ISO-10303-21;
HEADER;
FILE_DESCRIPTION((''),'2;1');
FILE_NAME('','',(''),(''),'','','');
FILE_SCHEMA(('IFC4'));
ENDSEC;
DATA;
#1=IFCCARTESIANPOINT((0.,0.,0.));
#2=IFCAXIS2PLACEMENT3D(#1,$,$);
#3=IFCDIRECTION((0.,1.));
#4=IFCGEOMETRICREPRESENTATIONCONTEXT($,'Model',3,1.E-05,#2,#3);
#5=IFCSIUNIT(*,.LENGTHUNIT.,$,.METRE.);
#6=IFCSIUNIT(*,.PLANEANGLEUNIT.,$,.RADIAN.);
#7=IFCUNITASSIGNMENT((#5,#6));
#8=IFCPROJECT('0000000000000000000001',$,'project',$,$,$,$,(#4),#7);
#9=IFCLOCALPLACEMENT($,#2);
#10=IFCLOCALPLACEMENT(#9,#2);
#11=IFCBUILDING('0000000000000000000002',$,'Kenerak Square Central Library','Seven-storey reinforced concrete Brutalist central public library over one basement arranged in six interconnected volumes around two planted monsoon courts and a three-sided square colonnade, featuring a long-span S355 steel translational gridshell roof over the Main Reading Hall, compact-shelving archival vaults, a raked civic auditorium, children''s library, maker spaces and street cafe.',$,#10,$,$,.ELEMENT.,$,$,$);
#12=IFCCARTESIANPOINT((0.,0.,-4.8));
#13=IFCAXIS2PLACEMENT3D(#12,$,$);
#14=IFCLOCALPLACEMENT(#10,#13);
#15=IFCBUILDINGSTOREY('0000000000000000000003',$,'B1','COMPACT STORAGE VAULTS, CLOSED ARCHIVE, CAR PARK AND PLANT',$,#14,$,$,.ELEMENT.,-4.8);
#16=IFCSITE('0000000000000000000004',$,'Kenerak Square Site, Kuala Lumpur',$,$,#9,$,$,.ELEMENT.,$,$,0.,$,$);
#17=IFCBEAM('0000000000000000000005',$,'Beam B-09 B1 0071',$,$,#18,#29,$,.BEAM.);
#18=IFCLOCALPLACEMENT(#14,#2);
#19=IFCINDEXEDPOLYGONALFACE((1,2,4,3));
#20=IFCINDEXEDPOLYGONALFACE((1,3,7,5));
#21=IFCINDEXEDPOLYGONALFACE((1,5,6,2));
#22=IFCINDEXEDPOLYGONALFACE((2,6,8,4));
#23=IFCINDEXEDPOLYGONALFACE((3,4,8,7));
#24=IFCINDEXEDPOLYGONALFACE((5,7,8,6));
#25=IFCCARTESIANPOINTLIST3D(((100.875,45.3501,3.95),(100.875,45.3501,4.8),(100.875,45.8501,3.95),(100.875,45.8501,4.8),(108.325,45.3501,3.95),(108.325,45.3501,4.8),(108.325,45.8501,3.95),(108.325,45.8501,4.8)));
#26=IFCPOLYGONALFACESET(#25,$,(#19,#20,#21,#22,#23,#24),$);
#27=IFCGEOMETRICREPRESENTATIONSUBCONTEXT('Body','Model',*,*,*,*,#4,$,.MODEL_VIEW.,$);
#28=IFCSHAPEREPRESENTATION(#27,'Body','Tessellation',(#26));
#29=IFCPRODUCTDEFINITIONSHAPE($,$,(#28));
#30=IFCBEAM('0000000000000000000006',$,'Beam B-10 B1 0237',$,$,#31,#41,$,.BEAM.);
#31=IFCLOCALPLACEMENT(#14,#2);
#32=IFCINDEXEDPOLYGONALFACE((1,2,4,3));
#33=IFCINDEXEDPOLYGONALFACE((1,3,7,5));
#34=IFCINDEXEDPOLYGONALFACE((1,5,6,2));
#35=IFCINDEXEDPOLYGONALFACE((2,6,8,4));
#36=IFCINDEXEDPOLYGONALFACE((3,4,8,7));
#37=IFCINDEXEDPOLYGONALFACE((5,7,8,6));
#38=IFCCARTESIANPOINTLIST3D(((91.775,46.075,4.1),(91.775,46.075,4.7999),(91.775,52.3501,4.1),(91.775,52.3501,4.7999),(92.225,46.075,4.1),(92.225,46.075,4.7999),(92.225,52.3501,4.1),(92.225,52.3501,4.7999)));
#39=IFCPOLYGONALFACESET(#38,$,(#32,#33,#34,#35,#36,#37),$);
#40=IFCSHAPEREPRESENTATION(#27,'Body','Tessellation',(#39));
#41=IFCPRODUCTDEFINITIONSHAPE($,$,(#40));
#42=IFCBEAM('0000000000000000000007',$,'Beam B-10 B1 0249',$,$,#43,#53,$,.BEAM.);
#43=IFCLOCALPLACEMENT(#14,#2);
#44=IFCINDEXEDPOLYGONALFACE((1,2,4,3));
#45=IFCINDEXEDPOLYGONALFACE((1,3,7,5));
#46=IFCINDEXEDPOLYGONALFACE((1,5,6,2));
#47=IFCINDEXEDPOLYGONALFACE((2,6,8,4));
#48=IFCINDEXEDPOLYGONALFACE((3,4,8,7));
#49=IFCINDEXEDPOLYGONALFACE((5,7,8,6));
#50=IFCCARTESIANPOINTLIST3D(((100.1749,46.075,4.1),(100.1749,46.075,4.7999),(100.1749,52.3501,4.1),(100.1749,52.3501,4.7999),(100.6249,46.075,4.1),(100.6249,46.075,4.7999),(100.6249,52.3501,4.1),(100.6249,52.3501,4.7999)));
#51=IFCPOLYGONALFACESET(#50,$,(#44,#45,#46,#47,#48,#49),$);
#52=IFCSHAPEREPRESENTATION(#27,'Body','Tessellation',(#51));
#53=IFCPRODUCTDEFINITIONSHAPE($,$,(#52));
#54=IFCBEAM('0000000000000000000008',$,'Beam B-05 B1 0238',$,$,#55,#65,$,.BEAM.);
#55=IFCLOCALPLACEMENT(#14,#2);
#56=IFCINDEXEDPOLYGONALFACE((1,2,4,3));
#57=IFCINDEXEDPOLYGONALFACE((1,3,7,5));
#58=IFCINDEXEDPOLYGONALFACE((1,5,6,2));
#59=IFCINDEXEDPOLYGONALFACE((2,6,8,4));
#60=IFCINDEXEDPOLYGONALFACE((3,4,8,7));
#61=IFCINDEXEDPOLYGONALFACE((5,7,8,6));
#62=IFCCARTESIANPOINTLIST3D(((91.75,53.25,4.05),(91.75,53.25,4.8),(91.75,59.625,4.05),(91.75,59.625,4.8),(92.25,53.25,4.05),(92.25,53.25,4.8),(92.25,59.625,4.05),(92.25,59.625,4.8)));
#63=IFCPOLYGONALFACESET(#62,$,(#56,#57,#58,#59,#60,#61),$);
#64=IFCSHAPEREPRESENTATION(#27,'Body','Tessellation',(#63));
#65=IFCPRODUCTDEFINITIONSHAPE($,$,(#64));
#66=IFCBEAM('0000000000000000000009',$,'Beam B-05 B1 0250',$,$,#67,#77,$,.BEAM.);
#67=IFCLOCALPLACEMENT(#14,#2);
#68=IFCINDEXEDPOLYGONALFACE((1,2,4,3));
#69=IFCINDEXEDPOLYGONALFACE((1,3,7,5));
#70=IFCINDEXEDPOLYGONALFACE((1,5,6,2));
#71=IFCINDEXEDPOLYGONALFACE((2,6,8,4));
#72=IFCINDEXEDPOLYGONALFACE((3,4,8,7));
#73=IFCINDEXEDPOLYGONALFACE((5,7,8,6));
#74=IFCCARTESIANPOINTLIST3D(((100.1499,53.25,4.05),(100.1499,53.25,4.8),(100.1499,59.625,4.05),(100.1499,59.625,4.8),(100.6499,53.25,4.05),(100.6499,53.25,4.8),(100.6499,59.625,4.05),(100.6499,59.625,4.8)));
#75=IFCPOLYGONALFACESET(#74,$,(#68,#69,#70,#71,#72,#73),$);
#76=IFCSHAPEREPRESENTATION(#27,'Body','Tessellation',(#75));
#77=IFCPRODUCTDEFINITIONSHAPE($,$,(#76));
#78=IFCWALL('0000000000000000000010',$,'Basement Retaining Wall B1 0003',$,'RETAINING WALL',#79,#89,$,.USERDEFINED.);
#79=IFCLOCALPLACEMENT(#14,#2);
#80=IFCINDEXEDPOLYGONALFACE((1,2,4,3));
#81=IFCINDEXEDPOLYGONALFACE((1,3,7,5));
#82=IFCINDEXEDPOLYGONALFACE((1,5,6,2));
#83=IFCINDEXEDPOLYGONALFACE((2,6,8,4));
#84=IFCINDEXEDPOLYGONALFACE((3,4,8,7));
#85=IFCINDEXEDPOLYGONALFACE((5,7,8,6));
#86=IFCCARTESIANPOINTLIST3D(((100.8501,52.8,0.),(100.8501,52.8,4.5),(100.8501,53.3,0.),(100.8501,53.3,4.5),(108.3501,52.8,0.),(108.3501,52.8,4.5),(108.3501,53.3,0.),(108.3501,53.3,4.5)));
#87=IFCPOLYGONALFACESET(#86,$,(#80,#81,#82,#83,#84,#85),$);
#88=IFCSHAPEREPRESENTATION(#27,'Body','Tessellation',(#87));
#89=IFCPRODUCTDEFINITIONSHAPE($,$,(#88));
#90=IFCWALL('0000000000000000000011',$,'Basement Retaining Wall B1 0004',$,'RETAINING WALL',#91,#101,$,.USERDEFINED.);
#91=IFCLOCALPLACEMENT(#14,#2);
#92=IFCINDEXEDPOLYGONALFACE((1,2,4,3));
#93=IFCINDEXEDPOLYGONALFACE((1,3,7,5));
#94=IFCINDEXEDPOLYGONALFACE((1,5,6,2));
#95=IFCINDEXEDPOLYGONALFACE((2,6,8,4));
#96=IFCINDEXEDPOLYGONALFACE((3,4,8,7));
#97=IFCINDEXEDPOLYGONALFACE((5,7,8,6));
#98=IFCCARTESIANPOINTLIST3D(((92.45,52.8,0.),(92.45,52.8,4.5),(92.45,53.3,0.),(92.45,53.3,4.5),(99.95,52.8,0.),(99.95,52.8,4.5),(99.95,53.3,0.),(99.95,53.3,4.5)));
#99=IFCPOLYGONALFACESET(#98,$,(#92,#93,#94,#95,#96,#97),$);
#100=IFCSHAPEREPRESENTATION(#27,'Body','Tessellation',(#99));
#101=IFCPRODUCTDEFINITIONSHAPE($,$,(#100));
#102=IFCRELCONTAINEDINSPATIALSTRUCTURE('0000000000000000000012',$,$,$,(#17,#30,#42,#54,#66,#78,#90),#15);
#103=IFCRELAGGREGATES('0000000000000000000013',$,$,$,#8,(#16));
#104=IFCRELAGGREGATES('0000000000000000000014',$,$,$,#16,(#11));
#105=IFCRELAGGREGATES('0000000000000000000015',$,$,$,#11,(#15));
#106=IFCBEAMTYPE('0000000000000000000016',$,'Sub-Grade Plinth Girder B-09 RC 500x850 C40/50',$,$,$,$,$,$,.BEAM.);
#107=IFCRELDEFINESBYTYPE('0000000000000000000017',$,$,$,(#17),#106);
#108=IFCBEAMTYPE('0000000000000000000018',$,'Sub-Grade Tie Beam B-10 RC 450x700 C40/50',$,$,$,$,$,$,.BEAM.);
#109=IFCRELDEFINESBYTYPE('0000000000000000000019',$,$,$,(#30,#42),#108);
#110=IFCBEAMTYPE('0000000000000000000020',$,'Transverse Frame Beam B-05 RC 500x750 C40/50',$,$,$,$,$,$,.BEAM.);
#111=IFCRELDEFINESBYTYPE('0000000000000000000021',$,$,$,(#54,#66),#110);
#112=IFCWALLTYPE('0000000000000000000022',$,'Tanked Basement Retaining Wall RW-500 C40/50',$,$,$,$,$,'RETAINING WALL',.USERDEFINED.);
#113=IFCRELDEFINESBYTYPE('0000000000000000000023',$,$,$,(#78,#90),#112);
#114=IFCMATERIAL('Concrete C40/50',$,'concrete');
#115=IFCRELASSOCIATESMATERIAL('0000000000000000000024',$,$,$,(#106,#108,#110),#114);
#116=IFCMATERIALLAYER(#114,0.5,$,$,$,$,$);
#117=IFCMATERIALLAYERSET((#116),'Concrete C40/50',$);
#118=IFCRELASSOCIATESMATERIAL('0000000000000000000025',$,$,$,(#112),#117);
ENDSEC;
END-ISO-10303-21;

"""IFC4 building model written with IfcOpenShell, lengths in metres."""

from ifc_helpers import new_model, si_unit, direction, frame, frame_2d, origin, origin_2d, place, context, subcontext, project, spatial, rectangle, extrude, material, layer, layer_set, material_profile, profile_set, type_object, element, save


model = new_model("IFC4")

# Units and contexts
model_context = context("Model", 3, precision=1e-05, world=origin(), true_north=direction((0.0, 1.0)))
body_context = subcontext(model_context, "Body", "Model", "MODEL_VIEW")
ifc_project = project(units=[si_unit("LENGTHUNIT", "METRE"), si_unit("PLANEANGLEUNIT", "RADIAN")], contexts=[model_context])

# Site, building, storey
site_placement = place(None, origin())
site = spatial("IfcSite", under=ifc_project, at=site_placement, Name="Kenerak Square Site, Kuala Lumpur", CompositionType="ELEMENT", RefElevation=0.0)
building_placement = place(site_placement, origin())
building = spatial("IfcBuilding", under=site, at=building_placement, Name="Kenerak Square Central Library", Description="Seven-storey reinforced concrete Brutalist central public library over one basement arranged in six interconnected volumes around two planted monsoon courts and a three-sided square colonnade, featuring a long-span S355 steel translational gridshell roof over the Main Reading Hall, compact-shelving archival vaults, a raked civic auditorium, children's library, maker spaces and street cafe.", CompositionType="ELEMENT")
storey_placement = place(building_placement, frame((0.0, 0.0, -4.8)))
storey = spatial("IfcBuildingStorey", under=building, at=storey_placement, Name="B1", Description="COMPACT STORAGE VAULTS, CLOSED ARCHIVE, CAR PARK AND PLANT", CompositionType="ELEMENT", Elevation=-4.8)

# Shared definitions
ifc_material_1 = material(Name="Concrete C40/50", Category="concrete")

# Beams
ifc_material_profile_1 = material_profile(ifc_material_1, rectangle(XDim=0.5, YDim=0.8501, at=origin_2d()), Name="RC 500x850")
ifc_profile_set_1 = profile_set([ifc_material_profile_1], Name="Concrete C40/50")
beam_type_1 = type_object("IfcBeamType", Name="Sub-Grade Plinth Girder B-09 RC 500x850 C40/50", PredefinedType="BEAM", material=ifc_profile_set_1)
beam_1_placement = place(storey_placement, frame((100.875, 45.6001, 4.375), z_axis=(1.0, 0.0, 0.0), x_axis=(0.0, 1.0, 0.0)))
element("IfcBeam", 1, at=beam_1_placement, inside=storey, type_object=beam_type_1, Name="Beam B-09 B1 0071", PredefinedType="BEAM", context=body_context, shape_type="SweptSolid", body=[
    extrude(rectangle(XDim=0.5, YDim=0.8501, at=origin_2d()), origin(), (0.0, 0.0, 1.0), 7.45),
])
ifc_material_profile_2 = material_profile(ifc_material_1, rectangle(XDim=0.45, YDim=0.7, at=origin_2d()), Name="RC 450x700")
ifc_profile_set_2 = profile_set([ifc_material_profile_2], Name="Concrete C40/50")
beam_type_2 = type_object("IfcBeamType", Name="Sub-Grade Tie Beam B-10 RC 450x700 C40/50", PredefinedType="BEAM", material=ifc_profile_set_2)
for number, where, z_axis, x_axis, name in (
    (2, (92.0, 46.075, 4.45), (0.0, 1.0, 0.0), (-1.0, 0.0, 0.0), "Beam B-10 B1 0237"),
    (3, (100.3999, 46.075, 4.45), (0.0, 1.0, 0.0), (-1.0, 0.0, 0.0), "Beam B-10 B1 0249"),
):
    element("IfcBeam", number, at=place(storey_placement, frame(where, z_axis=z_axis, x_axis=x_axis)), inside=storey, type_object=beam_type_2, Name=name, PredefinedType="BEAM", context=body_context, shape_type="SweptSolid", body=[
        extrude(rectangle(XDim=0.45, YDim=0.7, at=origin_2d()), origin(), (0.0, 0.0, 1.0), 6.2751),
    ])
ifc_material_profile_3 = material_profile(ifc_material_1, rectangle(XDim=0.5, YDim=0.75, at=origin_2d()), Name="RC 500x750")
ifc_profile_set_3 = profile_set([ifc_material_profile_3], Name="Concrete C40/50")
beam_type_3 = type_object("IfcBeamType", Name="Transverse Frame Beam B-05 RC 500x750 C40/50", PredefinedType="BEAM", material=ifc_profile_set_3)
for number, where, z_axis, x_axis, name in (
    (4, (92.0, 53.25, 4.425), (0.0, 1.0, 0.0), (-1.0, 0.0, 0.0), "Beam B-05 B1 0238"),
    (5, (100.3999, 53.25, 4.425), (0.0, 1.0, 0.0), (-1.0, 0.0, 0.0), "Beam B-05 B1 0250"),
):
    element("IfcBeam", number, at=place(storey_placement, frame(where, z_axis=z_axis, x_axis=x_axis)), inside=storey, type_object=beam_type_3, Name=name, PredefinedType="BEAM", context=body_context, shape_type="SweptSolid", body=[
        extrude(rectangle(XDim=0.5, YDim=0.75, at=origin_2d()), origin(), (0.0, 0.0, 1.0), 6.375),
    ])

# Walls
ifc_layer = layer(ifc_material_1, 0.5)
ifc_layer_set = layer_set([ifc_layer], Name="Concrete C40/50")
wall_type = type_object("IfcWallType", Name="Tanked Basement Retaining Wall RW-500 C40/50", ElementType="RETAINING WALL", PredefinedType="USERDEFINED", material=ifc_layer_set)
for number, where, z_axis, x_axis, name in (
    (6, (108.3501, 53.05, 0.0), (0.0, 0.0, 1.0), (-1.0, 0.0, 0.0), "Basement Retaining Wall B1 0003"),
    (7, (99.95, 53.05, 0.0), (0.0, 0.0, 1.0), (-1.0, 0.0, 0.0), "Basement Retaining Wall B1 0004"),
):
    element("IfcWall", number, at=place(storey_placement, frame(where, z_axis=z_axis, x_axis=x_axis)), inside=storey, type_object=wall_type, Name=name, ObjectType="RETAINING WALL", PredefinedType="USERDEFINED", context=body_context, shape_type="SweptSolid", body=[
        extrude(rectangle(XDim=7.5, YDim=0.5, at=frame_2d((3.75, 0.0))), origin(), (0.0, 0.0, 1.0), 4.5),
    ])

save(model, "model.ifc")
